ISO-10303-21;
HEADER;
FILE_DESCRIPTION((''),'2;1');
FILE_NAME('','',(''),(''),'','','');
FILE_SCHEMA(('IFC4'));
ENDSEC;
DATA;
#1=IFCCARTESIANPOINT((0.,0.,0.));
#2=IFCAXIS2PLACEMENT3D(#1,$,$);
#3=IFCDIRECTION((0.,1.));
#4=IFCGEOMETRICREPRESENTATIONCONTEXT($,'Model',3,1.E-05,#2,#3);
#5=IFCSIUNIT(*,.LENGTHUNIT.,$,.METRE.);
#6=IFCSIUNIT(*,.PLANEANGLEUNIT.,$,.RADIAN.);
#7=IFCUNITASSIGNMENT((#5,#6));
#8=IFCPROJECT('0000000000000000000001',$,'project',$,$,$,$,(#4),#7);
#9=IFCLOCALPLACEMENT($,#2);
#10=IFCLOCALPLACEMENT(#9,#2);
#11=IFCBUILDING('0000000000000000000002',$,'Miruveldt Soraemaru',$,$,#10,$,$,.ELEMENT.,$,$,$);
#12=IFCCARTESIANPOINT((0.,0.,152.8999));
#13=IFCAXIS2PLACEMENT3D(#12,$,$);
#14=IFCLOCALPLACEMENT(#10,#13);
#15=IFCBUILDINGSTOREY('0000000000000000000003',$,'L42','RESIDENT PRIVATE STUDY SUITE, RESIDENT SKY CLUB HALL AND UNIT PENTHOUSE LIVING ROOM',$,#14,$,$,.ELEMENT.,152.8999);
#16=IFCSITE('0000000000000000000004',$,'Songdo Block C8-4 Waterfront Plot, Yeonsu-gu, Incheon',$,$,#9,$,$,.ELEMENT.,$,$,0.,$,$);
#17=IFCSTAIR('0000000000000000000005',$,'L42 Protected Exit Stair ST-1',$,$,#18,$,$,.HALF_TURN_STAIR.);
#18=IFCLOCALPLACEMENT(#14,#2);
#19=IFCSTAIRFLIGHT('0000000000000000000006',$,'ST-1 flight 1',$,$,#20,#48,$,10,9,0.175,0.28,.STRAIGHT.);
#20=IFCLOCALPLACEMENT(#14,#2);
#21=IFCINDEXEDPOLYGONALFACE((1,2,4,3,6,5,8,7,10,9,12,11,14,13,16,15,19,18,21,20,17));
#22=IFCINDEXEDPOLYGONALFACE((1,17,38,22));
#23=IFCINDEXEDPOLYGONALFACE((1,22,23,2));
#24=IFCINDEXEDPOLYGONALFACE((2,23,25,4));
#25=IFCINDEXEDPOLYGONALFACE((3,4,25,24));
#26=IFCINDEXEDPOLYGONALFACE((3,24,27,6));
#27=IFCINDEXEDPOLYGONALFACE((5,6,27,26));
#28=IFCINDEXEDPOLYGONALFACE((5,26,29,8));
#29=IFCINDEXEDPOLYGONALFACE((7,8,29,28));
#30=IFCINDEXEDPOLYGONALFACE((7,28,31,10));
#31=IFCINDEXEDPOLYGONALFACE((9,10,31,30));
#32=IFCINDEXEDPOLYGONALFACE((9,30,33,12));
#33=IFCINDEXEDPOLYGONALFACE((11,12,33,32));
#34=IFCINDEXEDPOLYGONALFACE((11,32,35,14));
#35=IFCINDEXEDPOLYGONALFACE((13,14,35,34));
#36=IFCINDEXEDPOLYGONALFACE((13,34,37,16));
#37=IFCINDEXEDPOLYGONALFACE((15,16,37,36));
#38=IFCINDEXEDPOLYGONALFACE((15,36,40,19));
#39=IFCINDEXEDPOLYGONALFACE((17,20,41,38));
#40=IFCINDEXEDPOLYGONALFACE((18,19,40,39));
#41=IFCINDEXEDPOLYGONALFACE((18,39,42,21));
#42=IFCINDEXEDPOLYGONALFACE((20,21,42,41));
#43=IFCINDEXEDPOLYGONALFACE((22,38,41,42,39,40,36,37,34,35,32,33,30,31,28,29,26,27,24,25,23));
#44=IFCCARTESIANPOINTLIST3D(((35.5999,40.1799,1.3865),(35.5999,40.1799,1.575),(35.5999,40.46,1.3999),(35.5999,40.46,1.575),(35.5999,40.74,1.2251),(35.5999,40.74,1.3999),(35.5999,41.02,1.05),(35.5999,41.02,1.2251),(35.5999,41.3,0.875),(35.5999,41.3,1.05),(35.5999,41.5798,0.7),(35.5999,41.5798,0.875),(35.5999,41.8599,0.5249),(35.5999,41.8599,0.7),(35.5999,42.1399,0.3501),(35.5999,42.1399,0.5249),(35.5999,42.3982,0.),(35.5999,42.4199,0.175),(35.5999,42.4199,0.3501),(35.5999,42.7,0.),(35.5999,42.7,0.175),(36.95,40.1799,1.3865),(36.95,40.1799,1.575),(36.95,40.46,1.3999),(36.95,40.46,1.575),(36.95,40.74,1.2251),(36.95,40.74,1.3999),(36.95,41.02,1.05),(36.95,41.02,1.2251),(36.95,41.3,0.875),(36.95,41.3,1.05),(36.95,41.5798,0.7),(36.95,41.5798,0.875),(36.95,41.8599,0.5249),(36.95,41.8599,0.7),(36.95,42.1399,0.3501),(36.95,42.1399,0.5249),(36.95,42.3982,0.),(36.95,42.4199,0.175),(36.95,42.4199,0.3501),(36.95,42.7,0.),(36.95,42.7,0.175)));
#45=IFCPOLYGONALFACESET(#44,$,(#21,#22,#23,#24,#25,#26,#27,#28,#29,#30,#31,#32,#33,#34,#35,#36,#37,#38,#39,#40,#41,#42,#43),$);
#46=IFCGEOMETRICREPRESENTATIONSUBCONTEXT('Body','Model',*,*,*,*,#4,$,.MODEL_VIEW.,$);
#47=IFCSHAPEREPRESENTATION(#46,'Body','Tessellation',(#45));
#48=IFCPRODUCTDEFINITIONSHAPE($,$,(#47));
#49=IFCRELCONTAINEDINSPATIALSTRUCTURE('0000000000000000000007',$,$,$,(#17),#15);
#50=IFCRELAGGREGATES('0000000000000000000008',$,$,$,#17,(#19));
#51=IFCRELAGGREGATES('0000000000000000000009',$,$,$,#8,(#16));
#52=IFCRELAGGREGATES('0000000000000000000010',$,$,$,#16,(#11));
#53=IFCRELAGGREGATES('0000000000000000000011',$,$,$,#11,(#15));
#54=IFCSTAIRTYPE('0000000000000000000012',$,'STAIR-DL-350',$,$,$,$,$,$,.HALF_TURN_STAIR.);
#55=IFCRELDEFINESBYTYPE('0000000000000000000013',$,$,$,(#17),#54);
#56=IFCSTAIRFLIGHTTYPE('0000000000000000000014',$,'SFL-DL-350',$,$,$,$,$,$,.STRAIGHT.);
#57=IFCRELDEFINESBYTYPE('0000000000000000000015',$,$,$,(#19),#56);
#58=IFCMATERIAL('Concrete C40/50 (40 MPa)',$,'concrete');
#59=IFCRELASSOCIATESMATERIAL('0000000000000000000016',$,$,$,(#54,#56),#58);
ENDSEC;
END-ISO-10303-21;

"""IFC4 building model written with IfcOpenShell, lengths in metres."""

from ifc_helpers import new_model, si_unit, direction, frame, origin, place, context, subcontext, project, spatial, polyline, outline, extrude, material, type_object, element, aggregate, save


model = new_model("IFC4")

# Units and contexts
model_context = context("Model", 3, precision=1e-05, world=origin(), true_north=direction((0.0, 1.0)))
body_context = subcontext(model_context, "Body", "Model", "MODEL_VIEW")
ifc_project = project(units=[si_unit("LENGTHUNIT", "METRE"), si_unit("PLANEANGLEUNIT", "RADIAN")], contexts=[model_context])

# Site, building, storey
site_placement = place(None, origin())
site = spatial("IfcSite", under=ifc_project, at=site_placement, Name="Songdo Block C8-4 Waterfront Plot, Yeonsu-gu, Incheon", CompositionType="ELEMENT", RefElevation=0.0)
building_placement = place(site_placement, origin())
building = spatial("IfcBuilding", under=site, at=building_placement, Name="Miruveldt Soraemaru", CompositionType="ELEMENT")
storey_placement = place(building_placement, frame((0.0, 0.0, 152.8999)))
storey = spatial("IfcBuildingStorey", under=building, at=storey_placement, Name="L42", Description="RESIDENT PRIVATE STUDY SUITE, RESIDENT SKY CLUB HALL AND UNIT PENTHOUSE LIVING ROOM", CompositionType="ELEMENT", Elevation=152.8999)

# Shared definitions
ifc_material_1 = material(Name="Concrete C40/50 (40 MPa)", Category="concrete")

# Stair, stair flight
stair_type = type_object("IfcStairType", Name="STAIR-DL-350", PredefinedType="HALF_TURN_STAIR", material=ifc_material_1)
stair_placement = place(storey_placement, origin())
stair = element("IfcStair", 1, at=stair_placement, inside=storey, type_object=stair_type, Name="L42 Protected Exit Stair ST-1", PredefinedType="HALF_TURN_STAIR")
stair_flight_type = type_object("IfcStairFlightType", Name="SFL-DL-350", PredefinedType="STRAIGHT", material=ifc_material_1)
stair_flight_placement = place(storey_placement, frame((36.2749, 42.7, 0.0), z_axis=(0.0, 0.0, 1.0), x_axis=(0.0, -1.0, 0.0)))
stair_flight = element("IfcStairFlight", 2, at=stair_flight_placement, type_object=stair_flight_type, Name="ST-1 flight 1", NumberOfRisers=10, NumberOfTreads=9, PredefinedType="STRAIGHT", RiserHeight=0.175, TreadLength=0.28, context=body_context, shape_type="SweptSolid", body=[
    extrude(outline(polyline([(0.0, 0.0), (0.0, 0.175), (0.28, 0.175), (0.28, 0.3501), (0.5601, 0.3501), (0.5601, 0.5249), (0.8401, 0.5249), (0.8401, 0.7), (1.1201, 0.7), (1.1201, 0.875), (1.3999, 0.875), (1.3999, 1.05), (1.6799, 1.05), (1.6799, 1.2251), (1.96, 1.2251), (1.96, 1.3999), (2.24, 1.3999), (2.24, 1.575), (2.52, 1.575), (2.52, 1.75), (2.52, 1.3865), (0.3018, 0.0), (0.0, 0.0)])), frame((0.0, 0.675, 0.0), z_axis=(0.0, -1.0, 0.0), x_axis=(1.0, 0.0, 0.0)), (0.0, 0.0, 1.0), 1.3501),
])
aggregate(stair, [stair_flight])

save(model, "model.ifc")
